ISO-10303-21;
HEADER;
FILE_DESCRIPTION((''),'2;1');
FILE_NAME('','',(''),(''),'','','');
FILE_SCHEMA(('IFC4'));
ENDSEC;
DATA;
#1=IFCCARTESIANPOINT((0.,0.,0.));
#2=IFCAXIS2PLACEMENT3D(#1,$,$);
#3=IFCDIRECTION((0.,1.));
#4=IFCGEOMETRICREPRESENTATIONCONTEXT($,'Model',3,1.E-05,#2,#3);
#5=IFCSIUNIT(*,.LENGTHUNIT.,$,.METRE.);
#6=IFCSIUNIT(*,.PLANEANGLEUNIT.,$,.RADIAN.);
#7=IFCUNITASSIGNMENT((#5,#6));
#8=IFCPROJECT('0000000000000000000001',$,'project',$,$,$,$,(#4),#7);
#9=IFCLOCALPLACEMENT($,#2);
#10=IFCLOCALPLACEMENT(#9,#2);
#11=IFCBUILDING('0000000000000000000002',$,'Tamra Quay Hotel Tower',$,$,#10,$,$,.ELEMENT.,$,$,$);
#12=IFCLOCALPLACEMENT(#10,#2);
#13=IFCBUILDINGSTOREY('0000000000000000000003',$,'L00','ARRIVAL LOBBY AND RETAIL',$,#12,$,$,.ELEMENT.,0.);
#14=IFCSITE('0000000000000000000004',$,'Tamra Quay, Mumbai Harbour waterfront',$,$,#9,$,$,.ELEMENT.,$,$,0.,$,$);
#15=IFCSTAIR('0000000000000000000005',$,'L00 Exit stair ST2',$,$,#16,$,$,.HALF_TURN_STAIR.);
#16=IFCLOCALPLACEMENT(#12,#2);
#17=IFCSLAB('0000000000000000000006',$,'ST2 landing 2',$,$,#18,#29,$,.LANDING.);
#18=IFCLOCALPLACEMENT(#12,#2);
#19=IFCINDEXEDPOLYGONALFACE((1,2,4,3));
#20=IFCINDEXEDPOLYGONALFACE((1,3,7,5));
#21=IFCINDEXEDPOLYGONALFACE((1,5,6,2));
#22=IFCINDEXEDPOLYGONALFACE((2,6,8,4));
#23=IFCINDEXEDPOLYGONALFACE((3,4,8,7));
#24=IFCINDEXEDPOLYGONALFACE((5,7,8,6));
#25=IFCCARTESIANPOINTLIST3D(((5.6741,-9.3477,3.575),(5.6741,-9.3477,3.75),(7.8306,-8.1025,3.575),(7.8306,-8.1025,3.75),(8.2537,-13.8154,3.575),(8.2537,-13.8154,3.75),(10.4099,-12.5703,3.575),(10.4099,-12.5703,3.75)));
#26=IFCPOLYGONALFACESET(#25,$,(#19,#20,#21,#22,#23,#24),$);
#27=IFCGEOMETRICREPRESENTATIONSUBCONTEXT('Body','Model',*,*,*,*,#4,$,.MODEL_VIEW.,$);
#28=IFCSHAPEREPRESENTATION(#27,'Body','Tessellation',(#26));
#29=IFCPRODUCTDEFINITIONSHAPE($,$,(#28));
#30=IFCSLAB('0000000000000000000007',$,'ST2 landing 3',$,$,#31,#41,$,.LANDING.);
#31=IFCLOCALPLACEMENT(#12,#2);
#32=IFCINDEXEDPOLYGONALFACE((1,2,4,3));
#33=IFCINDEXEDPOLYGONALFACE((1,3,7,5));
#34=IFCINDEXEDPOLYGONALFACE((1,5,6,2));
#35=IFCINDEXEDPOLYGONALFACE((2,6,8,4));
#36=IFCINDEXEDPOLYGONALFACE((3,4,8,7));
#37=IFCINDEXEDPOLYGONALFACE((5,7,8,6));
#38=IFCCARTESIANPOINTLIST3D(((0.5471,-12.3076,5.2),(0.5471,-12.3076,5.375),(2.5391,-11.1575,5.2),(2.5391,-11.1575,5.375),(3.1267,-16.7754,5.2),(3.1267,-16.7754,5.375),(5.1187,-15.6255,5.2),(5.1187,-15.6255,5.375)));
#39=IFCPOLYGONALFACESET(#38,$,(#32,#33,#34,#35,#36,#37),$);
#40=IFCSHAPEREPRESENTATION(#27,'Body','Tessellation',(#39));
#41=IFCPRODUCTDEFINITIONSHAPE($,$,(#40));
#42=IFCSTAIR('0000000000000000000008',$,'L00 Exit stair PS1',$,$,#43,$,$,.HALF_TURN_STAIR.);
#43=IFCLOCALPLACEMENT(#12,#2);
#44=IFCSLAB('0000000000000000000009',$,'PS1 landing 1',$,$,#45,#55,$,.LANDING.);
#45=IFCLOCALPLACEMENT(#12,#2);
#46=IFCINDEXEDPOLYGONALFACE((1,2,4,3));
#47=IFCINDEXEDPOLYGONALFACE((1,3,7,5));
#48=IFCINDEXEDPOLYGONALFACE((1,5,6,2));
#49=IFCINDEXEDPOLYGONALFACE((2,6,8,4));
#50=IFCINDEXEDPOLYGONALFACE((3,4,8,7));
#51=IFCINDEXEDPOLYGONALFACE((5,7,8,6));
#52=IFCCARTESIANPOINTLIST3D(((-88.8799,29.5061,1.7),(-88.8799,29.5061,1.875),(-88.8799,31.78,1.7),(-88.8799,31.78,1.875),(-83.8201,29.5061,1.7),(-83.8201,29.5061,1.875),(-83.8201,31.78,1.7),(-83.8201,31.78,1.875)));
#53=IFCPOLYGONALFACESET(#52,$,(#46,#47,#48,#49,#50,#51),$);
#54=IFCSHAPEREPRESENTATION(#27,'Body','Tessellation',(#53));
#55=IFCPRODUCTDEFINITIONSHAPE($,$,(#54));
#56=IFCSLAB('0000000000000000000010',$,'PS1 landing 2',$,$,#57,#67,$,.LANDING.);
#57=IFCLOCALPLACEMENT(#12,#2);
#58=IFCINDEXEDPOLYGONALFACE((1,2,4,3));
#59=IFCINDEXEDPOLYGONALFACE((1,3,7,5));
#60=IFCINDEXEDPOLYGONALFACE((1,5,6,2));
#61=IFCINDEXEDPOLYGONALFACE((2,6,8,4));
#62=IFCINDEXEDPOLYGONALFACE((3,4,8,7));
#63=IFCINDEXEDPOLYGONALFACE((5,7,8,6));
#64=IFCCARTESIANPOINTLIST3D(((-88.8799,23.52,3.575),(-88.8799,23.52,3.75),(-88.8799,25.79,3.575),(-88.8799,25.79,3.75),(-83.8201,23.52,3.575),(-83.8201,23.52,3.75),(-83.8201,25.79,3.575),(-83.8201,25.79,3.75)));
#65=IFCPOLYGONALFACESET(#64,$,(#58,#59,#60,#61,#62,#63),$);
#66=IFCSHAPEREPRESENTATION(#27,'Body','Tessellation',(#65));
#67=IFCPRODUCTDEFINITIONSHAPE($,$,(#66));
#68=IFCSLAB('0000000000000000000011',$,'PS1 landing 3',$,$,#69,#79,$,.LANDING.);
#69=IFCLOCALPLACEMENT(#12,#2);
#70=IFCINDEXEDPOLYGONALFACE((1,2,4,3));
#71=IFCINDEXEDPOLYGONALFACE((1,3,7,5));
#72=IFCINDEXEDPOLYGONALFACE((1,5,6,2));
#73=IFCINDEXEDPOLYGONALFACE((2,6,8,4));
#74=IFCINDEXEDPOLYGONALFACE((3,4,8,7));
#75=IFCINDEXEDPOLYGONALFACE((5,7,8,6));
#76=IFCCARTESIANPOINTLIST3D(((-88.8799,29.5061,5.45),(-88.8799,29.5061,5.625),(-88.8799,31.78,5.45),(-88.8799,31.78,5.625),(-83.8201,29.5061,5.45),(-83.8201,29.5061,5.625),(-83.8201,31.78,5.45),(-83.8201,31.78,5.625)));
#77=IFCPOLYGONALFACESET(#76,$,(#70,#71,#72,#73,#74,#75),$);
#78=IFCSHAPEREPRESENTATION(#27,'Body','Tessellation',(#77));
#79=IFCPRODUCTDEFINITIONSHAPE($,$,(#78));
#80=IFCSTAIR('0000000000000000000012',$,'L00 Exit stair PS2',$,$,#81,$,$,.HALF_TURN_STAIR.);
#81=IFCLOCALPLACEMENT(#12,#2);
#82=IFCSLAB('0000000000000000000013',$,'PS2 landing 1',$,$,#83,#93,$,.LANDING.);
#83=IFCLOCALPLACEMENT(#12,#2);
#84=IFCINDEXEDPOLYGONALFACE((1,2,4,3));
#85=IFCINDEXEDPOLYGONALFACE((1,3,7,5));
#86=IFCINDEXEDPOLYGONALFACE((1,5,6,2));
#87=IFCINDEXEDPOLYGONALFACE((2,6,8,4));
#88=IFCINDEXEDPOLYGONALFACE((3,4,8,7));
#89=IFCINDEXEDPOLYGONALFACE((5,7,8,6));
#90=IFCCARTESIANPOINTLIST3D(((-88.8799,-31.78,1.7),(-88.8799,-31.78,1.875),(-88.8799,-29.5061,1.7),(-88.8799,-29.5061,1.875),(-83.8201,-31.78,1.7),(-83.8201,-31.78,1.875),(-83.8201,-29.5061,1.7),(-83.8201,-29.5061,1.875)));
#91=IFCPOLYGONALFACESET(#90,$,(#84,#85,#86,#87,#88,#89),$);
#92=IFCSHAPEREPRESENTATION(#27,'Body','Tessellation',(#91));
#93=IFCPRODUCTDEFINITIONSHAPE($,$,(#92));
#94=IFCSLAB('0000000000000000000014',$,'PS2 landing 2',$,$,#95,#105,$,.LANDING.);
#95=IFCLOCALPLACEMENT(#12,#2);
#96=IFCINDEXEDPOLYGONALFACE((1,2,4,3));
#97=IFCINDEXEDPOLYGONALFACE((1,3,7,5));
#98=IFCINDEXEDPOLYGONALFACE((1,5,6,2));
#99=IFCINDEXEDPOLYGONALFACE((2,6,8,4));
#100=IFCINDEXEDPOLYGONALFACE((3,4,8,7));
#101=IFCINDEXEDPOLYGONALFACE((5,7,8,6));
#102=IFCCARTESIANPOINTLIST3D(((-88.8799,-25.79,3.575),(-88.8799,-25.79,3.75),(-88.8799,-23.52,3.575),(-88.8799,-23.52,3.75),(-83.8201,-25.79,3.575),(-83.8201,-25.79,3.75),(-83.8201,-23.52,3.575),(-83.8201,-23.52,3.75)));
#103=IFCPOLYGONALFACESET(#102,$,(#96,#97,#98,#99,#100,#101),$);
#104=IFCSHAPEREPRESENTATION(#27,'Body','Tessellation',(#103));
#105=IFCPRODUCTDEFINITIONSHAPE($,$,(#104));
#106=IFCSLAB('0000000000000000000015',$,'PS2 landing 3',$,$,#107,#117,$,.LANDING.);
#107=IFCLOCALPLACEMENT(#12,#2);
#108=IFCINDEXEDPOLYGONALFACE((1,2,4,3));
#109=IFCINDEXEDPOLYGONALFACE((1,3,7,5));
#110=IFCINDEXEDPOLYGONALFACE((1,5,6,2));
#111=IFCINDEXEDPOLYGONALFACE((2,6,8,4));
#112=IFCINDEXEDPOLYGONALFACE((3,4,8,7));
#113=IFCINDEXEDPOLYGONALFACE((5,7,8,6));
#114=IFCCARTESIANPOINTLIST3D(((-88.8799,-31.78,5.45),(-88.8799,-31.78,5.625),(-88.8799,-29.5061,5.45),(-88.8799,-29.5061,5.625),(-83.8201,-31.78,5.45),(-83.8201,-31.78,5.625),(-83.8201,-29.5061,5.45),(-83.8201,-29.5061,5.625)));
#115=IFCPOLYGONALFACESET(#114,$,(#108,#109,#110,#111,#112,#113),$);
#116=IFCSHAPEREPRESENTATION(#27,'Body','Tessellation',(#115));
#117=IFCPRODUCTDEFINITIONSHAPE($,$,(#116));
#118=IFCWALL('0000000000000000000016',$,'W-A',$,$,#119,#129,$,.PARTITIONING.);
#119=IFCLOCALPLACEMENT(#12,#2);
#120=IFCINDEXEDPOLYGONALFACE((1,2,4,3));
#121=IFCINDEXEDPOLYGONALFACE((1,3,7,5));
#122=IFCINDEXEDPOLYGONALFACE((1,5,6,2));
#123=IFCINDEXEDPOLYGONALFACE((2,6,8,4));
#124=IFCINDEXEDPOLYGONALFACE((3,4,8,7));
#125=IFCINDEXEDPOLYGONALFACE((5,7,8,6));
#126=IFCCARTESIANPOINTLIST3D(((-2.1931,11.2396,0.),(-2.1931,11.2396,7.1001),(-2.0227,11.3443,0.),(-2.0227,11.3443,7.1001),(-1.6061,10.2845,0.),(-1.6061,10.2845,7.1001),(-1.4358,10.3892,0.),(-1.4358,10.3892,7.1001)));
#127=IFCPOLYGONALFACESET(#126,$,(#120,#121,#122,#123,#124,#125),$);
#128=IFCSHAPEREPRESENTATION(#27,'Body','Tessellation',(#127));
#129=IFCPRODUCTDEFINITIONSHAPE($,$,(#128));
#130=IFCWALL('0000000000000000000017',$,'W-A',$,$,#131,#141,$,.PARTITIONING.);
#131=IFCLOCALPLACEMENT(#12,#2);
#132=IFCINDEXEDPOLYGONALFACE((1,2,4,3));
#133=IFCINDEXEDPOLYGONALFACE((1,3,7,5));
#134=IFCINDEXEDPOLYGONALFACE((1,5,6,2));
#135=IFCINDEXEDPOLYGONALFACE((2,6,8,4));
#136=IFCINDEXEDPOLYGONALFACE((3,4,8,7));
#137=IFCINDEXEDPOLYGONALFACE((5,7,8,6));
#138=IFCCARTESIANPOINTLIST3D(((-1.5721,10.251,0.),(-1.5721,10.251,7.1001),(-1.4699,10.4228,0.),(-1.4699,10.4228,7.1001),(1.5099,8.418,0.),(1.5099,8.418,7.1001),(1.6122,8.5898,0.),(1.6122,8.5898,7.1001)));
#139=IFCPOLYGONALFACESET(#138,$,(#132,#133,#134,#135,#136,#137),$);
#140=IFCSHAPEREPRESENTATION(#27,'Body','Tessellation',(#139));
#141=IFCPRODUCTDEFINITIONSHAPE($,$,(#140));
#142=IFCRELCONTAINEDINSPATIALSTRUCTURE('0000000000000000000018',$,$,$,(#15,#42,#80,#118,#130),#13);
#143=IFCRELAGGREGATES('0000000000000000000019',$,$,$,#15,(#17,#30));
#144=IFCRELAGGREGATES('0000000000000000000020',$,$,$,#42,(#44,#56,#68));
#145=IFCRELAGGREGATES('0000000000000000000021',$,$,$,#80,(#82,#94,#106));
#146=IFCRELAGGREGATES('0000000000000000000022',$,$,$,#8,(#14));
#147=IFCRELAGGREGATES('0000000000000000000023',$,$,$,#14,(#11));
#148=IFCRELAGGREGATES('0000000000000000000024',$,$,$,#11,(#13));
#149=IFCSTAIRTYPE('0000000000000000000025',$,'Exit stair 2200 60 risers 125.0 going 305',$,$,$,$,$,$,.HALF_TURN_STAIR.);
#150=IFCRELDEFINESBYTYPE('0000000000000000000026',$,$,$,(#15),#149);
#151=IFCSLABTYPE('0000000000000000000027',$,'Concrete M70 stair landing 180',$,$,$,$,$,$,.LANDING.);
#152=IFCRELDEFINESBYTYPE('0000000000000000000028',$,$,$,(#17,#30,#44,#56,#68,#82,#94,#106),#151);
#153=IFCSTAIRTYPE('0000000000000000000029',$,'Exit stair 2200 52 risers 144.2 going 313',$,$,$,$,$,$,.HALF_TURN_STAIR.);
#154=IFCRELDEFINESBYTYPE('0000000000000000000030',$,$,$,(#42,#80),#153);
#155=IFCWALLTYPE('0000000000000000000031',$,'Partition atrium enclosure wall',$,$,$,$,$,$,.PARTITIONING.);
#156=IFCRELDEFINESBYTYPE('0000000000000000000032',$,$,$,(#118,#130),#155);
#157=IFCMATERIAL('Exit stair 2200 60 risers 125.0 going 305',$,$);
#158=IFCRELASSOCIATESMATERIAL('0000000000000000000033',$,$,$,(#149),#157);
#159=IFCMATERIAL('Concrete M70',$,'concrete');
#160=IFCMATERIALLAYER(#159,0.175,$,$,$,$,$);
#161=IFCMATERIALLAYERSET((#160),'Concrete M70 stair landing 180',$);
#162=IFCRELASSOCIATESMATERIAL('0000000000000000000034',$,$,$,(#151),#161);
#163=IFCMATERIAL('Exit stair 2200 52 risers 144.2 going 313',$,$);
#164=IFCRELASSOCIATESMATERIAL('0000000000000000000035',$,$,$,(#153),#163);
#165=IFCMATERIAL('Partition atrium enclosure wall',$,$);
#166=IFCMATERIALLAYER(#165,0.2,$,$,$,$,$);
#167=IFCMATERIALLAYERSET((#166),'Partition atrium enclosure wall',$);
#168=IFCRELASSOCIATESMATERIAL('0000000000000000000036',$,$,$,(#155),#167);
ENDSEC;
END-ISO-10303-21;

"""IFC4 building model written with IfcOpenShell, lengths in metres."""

from ifc_helpers import new_model, si_unit, direction, frame, frame_2d, origin, place, context, subcontext, project, spatial, polyline, rectangle, outline, extrude, material, layer, layer_set, type_object, element, aggregate, save


model = new_model("IFC4")

# Units and contexts
model_context = context("Model", 3, precision=1e-05, world=origin(), true_north=direction((0.0, 1.0)))
body_context = subcontext(model_context, "Body", "Model", "MODEL_VIEW")
ifc_project = project(units=[si_unit("LENGTHUNIT", "METRE"), si_unit("PLANEANGLEUNIT", "RADIAN")], contexts=[model_context])

# Site, building, storey
site_placement = place(None, origin())
site = spatial("IfcSite", under=ifc_project, at=site_placement, Name="Tamra Quay, Mumbai Harbour waterfront", CompositionType="ELEMENT", RefElevation=0.0)
building_placement = place(site_placement, origin())
building = spatial("IfcBuilding", under=site, at=building_placement, Name="Tamra Quay Hotel Tower", CompositionType="ELEMENT")
storey_placement = place(building_placement, origin())
storey = spatial("IfcBuildingStorey", under=building, at=storey_placement, Name="L00", Description="ARRIVAL LOBBY AND RETAIL", CompositionType="ELEMENT", Elevation=0.0)

# Stairs, slabs
ifc_material_1 = material(Name="Exit stair 2200 60 risers 125.0 going 305")
stair_type_1 = type_object("IfcStairType", Name="Exit stair 2200 60 risers 125.0 going 305", PredefinedType="HALF_TURN_STAIR", material=ifc_material_1)
stair_1_placement = place(storey_placement, origin())
stair_1 = element("IfcStair", 1, at=stair_1_placement, inside=storey, type_object=stair_type_1, Name="L00 Exit stair ST2", PredefinedType="HALF_TURN_STAIR")
ifc_material_2 = material(Name="Concrete M70", Category="concrete")
ifc_layer_1 = layer(ifc_material_2, 0.175)
ifc_layer_set_1 = layer_set([ifc_layer_1], Name="Concrete M70 stair landing 180")
slab_type_1 = type_object("IfcSlabType", Name="Concrete M70 stair landing 180", PredefinedType="LANDING", material=ifc_layer_set_1)
slab_1_placement = place(storey_placement, frame((0.0, 0.0, 3.575)))
slab_1 = element("IfcSlab", 2, at=slab_1_placement, type_object=slab_type_1, Name="ST2 landing 2", PredefinedType="LANDING", context=body_context, shape_type="SweptSolid", body=[
    extrude(outline(polyline([(7.8306, -8.1025), (5.6741, -9.3477), (8.2537, -13.8154), (10.4099, -12.5703), (7.8306, -8.1025)])), origin(), (0.0, 0.0, 1.0), 0.175),
])
slab_2_placement = place(storey_placement, frame((0.0, 0.0, 5.2)))
slab_2 = element("IfcSlab", 3, at=slab_2_placement, type_object=slab_type_1, Name="ST2 landing 3", PredefinedType="LANDING", context=body_context, shape_type="SweptSolid", body=[
    extrude(outline(polyline([(2.5391, -11.1575), (0.5471, -12.3076), (3.1267, -16.7754), (5.1187, -15.6255), (2.5391, -11.1575)])), origin(), (0.0, 0.0, 1.0), 0.175),
])
aggregate(stair_1, [slab_1, slab_2])
ifc_material_3 = material(Name="Exit stair 2200 52 risers 144.2 going 313")
stair_type_2 = type_object("IfcStairType", Name="Exit stair 2200 52 risers 144.2 going 313", PredefinedType="HALF_TURN_STAIR", material=ifc_material_3)
stair_2_placement = place(storey_placement, origin())
stair_2 = element("IfcStair", 4, at=stair_2_placement, inside=storey, type_object=stair_type_2, Name="L00 Exit stair PS1", PredefinedType="HALF_TURN_STAIR")
slab_3_placement = place(storey_placement, frame((0.0, 0.0, 1.7)))
slab_3 = element("IfcSlab", 5, at=slab_3_placement, type_object=slab_type_1, Name="PS1 landing 1", PredefinedType="LANDING", context=body_context, shape_type="SweptSolid", body=[
    extrude(outline(polyline([(-83.8201, 29.5061), (-83.8201, 31.78), (-88.8799, 31.78), (-88.8799, 29.5061), (-83.8201, 29.5061)])), origin(), (0.0, 0.0, 1.0), 0.175),
])
slab_4_placement = place(storey_placement, frame((0.0, 0.0, 3.575)))
slab_4 = element("IfcSlab", 6, at=slab_4_placement, type_object=slab_type_1, Name="PS1 landing 2", PredefinedType="LANDING", context=body_context, shape_type="SweptSolid", body=[
    extrude(outline(polyline([(-83.8201, 23.52), (-83.8201, 25.79), (-88.8799, 25.79), (-88.8799, 23.52), (-83.8201, 23.52)])), origin(), (0.0, 0.0, 1.0), 0.175),
])
slab_5_placement = place(storey_placement, frame((0.0, 0.0, 5.45)))
slab_5 = element("IfcSlab", 7, at=slab_5_placement, type_object=slab_type_1, Name="PS1 landing 3", PredefinedType="LANDING", context=body_context, shape_type="SweptSolid", body=[
    extrude(outline(polyline([(-83.8201, 29.5061), (-83.8201, 31.78), (-88.8799, 31.78), (-88.8799, 29.5061), (-83.8201, 29.5061)])), origin(), (0.0, 0.0, 1.0), 0.175),
])
aggregate(stair_2, [slab_3, slab_4, slab_5])
stair_3_placement = place(storey_placement, origin())
stair_3 = element("IfcStair", 8, at=stair_3_placement, inside=storey, type_object=stair_type_2, Name="L00 Exit stair PS2", PredefinedType="HALF_TURN_STAIR")
slab_6_placement = place(storey_placement, frame((0.0, 0.0, 1.7)))
slab_6 = element("IfcSlab", 9, at=slab_6_placement, type_object=slab_type_1, Name="PS2 landing 1", PredefinedType="LANDING", context=body_context, shape_type="SweptSolid", body=[
    extrude(outline(polyline([(-88.8799, -29.5061), (-88.8799, -31.78), (-83.8201, -31.78), (-83.8201, -29.5061), (-88.8799, -29.5061)])), origin(), (0.0, 0.0, 1.0), 0.175),
])
slab_7_placement = place(storey_placement, frame((0.0, 0.0, 3.575)))
slab_7 = element("IfcSlab", 10, at=slab_7_placement, type_object=slab_type_1, Name="PS2 landing 2", PredefinedType="LANDING", context=body_context, shape_type="SweptSolid", body=[
    extrude(outline(polyline([(-88.8799, -23.52), (-88.8799, -25.79), (-83.8201, -25.79), (-83.8201, -23.52), (-88.8799, -23.52)])), origin(), (0.0, 0.0, 1.0), 0.175),
])
slab_8_placement = place(storey_placement, frame((0.0, 0.0, 5.45)))
slab_8 = element("IfcSlab", 11, at=slab_8_placement, type_object=slab_type_1, Name="PS2 landing 3", PredefinedType="LANDING", context=body_context, shape_type="SweptSolid", body=[
    extrude(outline(polyline([(-88.8799, -29.5061), (-88.8799, -31.78), (-83.8201, -31.78), (-83.8201, -29.5061), (-88.8799, -29.5061)])), origin(), (0.0, 0.0, 1.0), 0.175),
])
aggregate(stair_3, [slab_6, slab_7, slab_8])

# Walls
ifc_material_4 = material(Name="Partition atrium enclosure wall")
ifc_layer_2 = layer(ifc_material_4, 0.2)
ifc_layer_set_2 = layer_set([ifc_layer_2], Name="Partition atrium enclosure wall")
wall_type = type_object("IfcWallType", Name="Partition atrium enclosure wall", PredefinedType="PARTITIONING", material=ifc_layer_set_2)
wall_1_placement = place(storey_placement, frame((-2.1079, 11.292, 0.0), z_axis=(0.0, 0.0, 1.0), x_axis=(0.523563, -0.851987, 0.0)))
element("IfcWall", 12, at=wall_1_placement, inside=storey, type_object=wall_type, Name="W-A", PredefinedType="PARTITIONING", context=body_context, shape_type="SweptSolid", body=[
    extrude(rectangle(XDim=1.1211, YDim=0.2, at=frame_2d((0.5605, 0.0))), origin(), (0.0, 0.0, 1.0), 7.1001),
])
wall_2_placement = place(storey_placement, frame((-1.521, 10.3369, 0.0), z_axis=(0.0, 0.0, 1.0), x_axis=(0.859481, -0.511168, 0.0)))
element("IfcWall", 13, at=wall_2_placement, inside=storey, type_object=wall_type, Name="W-A", PredefinedType="PARTITIONING", context=body_context, shape_type="SweptSolid", body=[
    extrude(rectangle(XDim=3.5859, YDim=0.2, at=frame_2d((1.793, 0.0))), origin(), (0.0, 0.0, 1.0), 7.1001),
])

save(model, "model.ifc")
